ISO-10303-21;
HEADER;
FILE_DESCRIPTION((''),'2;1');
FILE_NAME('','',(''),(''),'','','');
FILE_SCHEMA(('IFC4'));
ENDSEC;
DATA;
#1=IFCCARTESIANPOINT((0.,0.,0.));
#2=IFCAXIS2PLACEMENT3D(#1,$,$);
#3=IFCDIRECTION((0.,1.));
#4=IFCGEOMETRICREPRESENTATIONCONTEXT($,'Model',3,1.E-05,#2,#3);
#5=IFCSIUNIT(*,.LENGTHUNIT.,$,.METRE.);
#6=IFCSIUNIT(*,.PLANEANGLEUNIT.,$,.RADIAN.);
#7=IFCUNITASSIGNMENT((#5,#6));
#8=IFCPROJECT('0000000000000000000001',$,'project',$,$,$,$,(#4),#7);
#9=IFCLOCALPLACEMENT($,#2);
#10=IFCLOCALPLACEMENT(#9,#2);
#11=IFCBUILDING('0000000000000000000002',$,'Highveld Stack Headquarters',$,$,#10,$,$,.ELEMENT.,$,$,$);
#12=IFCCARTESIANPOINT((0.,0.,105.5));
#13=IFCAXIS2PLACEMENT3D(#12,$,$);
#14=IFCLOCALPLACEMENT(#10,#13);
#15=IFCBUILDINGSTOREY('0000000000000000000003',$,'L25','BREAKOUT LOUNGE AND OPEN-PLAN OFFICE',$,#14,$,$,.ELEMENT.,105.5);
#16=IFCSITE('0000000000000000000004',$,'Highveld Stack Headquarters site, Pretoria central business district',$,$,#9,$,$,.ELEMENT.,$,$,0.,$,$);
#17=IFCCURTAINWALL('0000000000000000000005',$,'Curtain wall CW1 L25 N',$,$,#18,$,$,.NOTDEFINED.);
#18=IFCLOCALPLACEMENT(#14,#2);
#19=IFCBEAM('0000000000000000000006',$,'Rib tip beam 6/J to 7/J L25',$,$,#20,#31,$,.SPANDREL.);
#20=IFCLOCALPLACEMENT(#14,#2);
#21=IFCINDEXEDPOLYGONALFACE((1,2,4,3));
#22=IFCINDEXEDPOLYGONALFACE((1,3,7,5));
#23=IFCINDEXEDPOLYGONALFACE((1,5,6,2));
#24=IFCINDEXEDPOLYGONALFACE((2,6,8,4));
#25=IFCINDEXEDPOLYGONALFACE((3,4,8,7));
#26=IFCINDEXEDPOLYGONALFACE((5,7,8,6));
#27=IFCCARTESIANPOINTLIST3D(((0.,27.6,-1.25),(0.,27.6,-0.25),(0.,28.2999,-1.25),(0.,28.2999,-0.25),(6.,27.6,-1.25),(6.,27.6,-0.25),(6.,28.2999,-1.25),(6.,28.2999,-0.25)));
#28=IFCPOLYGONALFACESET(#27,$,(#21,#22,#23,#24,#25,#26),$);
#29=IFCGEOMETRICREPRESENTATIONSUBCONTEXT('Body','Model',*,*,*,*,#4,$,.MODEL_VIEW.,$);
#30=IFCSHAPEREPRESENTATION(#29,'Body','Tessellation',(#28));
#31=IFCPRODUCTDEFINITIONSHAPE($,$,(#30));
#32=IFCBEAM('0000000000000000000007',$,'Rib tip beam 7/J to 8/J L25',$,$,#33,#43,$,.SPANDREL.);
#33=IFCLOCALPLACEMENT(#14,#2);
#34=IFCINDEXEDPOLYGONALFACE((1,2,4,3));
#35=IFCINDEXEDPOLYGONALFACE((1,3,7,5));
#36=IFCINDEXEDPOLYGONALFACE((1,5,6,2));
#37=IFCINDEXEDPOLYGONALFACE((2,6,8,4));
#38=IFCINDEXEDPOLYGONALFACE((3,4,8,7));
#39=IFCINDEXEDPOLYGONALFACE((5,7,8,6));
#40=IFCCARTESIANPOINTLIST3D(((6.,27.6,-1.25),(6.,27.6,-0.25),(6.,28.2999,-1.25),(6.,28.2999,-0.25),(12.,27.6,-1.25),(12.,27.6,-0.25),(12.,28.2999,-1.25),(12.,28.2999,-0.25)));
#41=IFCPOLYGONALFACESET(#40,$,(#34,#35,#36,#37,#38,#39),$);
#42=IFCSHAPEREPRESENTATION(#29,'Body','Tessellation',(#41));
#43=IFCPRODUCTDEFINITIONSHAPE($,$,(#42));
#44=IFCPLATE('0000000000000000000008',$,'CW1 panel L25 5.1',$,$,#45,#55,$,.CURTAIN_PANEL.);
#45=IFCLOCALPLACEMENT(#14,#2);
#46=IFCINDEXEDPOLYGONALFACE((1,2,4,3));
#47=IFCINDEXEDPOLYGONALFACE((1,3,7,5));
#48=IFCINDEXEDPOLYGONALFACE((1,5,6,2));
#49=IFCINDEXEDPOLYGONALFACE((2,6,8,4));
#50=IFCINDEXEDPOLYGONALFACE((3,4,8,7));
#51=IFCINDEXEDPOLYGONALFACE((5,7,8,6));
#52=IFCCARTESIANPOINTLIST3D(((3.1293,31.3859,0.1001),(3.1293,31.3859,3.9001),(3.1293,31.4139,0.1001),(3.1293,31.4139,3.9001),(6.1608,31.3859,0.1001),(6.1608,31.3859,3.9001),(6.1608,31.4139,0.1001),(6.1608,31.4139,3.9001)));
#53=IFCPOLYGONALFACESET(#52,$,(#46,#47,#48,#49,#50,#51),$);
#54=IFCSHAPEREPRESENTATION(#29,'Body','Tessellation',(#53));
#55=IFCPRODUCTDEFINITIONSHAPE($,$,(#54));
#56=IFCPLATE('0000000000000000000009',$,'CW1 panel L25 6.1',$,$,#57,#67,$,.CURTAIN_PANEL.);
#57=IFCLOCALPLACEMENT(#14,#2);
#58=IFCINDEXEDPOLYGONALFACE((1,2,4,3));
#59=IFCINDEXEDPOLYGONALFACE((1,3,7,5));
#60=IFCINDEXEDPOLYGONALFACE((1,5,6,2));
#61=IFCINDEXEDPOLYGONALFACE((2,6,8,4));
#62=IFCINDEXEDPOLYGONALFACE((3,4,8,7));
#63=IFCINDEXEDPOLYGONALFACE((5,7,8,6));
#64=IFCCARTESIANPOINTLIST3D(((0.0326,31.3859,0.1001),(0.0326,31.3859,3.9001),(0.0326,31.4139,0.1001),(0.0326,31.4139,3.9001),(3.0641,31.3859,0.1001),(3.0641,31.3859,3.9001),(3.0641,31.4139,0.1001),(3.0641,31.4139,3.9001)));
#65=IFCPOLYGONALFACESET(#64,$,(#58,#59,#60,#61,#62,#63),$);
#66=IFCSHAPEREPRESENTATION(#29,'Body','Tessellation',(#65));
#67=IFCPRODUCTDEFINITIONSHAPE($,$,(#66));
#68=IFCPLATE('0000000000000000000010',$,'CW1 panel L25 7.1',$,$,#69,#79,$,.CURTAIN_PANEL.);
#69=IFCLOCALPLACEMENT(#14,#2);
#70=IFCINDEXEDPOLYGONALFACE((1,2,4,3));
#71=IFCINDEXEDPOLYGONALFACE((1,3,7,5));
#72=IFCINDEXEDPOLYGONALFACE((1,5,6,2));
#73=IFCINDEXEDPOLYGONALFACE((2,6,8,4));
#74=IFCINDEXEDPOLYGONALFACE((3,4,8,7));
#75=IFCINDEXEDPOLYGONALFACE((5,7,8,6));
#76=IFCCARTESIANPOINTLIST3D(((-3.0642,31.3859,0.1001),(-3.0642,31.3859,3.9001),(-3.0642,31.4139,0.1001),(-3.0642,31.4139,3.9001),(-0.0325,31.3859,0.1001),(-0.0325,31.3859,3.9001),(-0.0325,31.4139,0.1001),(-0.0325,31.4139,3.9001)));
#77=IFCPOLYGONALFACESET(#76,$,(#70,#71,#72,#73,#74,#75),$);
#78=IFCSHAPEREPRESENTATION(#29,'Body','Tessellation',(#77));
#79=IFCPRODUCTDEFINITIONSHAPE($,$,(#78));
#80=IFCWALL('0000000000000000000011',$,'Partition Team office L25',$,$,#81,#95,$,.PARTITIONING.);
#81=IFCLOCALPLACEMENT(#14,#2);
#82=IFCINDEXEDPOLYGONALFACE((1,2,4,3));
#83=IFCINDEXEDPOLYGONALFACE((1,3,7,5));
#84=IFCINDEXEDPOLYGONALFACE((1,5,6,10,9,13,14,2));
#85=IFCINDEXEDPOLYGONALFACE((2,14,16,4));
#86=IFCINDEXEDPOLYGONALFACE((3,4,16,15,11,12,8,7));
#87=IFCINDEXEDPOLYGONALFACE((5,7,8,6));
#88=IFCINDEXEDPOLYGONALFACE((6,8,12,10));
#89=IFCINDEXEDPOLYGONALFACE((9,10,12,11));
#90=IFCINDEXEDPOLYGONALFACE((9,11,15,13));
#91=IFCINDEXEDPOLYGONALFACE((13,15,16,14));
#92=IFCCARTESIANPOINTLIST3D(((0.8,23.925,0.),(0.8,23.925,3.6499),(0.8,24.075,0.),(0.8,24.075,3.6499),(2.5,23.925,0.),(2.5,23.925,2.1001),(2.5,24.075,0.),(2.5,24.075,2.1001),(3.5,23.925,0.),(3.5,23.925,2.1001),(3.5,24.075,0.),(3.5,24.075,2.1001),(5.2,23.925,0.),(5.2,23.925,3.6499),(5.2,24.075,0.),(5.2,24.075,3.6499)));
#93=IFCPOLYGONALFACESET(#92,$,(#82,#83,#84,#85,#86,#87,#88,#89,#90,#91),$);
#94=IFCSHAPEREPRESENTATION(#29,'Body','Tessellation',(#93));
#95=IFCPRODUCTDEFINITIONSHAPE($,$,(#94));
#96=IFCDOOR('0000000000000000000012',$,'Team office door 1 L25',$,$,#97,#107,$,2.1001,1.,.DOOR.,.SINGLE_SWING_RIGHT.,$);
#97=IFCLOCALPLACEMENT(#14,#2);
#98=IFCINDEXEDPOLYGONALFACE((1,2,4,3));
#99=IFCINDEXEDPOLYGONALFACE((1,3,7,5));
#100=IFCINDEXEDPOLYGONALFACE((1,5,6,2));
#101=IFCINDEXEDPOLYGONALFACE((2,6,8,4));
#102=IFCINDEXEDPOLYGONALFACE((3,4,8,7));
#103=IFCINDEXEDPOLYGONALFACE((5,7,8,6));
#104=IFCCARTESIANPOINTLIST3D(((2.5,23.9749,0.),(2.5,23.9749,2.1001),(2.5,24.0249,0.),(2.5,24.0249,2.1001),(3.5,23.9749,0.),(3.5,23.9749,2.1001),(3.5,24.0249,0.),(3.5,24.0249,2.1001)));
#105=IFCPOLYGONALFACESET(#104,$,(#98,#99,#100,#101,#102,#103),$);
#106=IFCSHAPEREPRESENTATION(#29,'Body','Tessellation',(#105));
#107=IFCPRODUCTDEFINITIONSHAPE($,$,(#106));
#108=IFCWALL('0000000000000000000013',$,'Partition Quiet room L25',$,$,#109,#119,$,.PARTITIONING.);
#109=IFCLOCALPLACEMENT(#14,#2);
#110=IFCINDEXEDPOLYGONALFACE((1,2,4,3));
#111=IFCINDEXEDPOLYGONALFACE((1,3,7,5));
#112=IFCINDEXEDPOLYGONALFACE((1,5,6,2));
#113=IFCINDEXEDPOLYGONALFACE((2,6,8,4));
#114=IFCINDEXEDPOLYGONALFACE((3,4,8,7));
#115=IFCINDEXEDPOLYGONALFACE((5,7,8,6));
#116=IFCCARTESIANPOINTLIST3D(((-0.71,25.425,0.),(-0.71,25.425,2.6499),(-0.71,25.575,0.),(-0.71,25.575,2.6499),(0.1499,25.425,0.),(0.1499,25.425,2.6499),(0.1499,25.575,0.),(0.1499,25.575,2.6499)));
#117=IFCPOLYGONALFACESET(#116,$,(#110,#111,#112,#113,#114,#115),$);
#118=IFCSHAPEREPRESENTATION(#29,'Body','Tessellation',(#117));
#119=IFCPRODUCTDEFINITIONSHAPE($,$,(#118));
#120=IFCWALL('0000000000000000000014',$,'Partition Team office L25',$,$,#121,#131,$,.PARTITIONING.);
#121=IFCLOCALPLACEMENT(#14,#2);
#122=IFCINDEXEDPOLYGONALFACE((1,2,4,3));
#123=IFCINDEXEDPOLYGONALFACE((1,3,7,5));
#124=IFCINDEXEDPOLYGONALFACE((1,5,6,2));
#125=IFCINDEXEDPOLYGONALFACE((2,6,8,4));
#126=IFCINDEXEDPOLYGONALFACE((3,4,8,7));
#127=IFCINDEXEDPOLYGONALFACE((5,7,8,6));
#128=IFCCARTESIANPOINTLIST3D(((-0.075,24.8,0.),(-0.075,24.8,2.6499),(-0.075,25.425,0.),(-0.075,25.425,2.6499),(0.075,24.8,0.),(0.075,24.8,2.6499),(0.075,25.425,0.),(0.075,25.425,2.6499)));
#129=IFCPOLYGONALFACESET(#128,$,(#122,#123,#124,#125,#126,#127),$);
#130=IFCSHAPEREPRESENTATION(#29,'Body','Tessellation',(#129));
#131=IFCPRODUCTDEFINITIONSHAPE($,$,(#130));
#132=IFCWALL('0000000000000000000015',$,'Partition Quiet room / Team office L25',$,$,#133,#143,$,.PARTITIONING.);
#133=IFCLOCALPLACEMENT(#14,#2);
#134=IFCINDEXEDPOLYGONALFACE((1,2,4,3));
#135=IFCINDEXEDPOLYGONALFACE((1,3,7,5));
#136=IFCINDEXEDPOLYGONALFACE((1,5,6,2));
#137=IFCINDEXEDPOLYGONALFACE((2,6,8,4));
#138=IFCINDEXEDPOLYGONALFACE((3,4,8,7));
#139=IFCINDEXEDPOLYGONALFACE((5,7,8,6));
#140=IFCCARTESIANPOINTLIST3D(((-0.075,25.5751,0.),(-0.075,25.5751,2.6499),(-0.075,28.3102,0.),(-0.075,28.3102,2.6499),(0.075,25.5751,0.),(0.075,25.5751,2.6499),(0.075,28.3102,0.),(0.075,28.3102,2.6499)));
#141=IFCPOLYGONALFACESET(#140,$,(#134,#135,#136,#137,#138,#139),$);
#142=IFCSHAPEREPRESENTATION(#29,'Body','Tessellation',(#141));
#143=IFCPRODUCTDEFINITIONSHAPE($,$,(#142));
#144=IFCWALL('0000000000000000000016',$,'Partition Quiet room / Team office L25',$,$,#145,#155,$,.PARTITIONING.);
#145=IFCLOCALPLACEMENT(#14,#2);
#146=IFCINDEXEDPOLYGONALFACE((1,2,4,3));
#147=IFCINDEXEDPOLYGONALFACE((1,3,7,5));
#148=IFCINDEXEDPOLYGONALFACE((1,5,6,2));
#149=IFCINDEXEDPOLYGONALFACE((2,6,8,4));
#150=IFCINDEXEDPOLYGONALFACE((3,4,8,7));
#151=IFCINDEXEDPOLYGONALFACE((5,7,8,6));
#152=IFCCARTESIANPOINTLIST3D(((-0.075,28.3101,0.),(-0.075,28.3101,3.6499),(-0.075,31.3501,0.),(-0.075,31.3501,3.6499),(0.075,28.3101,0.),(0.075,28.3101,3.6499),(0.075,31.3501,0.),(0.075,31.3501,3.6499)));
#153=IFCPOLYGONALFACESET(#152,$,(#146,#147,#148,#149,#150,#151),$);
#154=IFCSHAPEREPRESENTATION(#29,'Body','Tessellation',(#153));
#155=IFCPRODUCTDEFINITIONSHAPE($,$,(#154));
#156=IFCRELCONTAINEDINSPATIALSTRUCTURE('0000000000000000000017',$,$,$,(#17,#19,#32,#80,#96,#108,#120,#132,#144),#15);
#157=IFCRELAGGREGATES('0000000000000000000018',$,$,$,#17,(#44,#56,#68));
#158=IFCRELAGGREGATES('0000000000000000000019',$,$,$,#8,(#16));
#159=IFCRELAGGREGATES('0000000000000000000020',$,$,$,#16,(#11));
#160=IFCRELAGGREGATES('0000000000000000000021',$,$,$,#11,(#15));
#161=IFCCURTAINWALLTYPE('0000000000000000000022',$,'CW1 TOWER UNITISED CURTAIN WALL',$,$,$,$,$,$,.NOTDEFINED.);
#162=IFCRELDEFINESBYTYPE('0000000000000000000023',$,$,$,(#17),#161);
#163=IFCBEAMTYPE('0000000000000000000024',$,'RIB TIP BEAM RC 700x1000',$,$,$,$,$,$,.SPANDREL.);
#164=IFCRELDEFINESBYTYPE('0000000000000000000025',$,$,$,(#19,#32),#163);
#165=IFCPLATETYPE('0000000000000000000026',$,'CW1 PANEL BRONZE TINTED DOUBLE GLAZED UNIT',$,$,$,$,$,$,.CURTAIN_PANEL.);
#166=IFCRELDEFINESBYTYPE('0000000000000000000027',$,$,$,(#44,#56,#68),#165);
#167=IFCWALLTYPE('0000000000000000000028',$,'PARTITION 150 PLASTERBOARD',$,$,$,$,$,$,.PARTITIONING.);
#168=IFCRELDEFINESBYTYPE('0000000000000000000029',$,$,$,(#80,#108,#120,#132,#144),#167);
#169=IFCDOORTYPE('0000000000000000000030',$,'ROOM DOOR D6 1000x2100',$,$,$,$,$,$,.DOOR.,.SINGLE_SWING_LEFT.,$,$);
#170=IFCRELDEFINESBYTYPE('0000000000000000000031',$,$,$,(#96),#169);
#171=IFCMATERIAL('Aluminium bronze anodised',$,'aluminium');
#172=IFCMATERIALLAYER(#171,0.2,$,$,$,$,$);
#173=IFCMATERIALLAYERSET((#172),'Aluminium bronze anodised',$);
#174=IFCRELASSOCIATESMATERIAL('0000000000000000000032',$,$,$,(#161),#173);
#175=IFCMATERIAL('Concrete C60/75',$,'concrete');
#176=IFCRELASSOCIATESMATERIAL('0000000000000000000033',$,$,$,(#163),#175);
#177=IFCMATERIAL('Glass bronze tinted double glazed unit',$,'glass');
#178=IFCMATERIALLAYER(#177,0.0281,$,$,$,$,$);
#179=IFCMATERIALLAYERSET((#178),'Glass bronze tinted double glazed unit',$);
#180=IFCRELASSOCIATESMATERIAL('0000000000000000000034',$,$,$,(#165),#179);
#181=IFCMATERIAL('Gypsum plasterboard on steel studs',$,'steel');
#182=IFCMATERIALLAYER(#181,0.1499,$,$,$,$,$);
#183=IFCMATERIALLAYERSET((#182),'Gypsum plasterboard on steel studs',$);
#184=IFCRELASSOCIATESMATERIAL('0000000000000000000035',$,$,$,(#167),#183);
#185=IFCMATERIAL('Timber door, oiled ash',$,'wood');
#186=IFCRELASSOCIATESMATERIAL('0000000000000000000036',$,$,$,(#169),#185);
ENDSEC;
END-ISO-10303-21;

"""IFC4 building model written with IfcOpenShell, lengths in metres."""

from ifc_helpers import new_model, si_unit, direction, frame, frame_2d, origin, origin_2d, place, context, subcontext, project, spatial, rectangle, extrude, material, layer, layer_set, material_profile, profile_set, type_object, element, fill, aggregate, save


model = new_model("IFC4")

# Units and contexts
model_context = context("Model", 3, precision=1e-05, world=origin(), true_north=direction((0.0, 1.0)))
body_context = subcontext(model_context, "Body", "Model", "MODEL_VIEW")
ifc_project = project(units=[si_unit("LENGTHUNIT", "METRE"), si_unit("PLANEANGLEUNIT", "RADIAN")], contexts=[model_context])

# Site, building, storey
site_placement = place(None, origin())
site = spatial("IfcSite", under=ifc_project, at=site_placement, Name="Highveld Stack Headquarters site, Pretoria central business district", CompositionType="ELEMENT", RefElevation=0.0)
building_placement = place(site_placement, origin())
building = spatial("IfcBuilding", under=site, at=building_placement, Name="Highveld Stack Headquarters", CompositionType="ELEMENT")
storey_placement = place(building_placement, frame((0.0, 0.0, 105.5)))
storey = spatial("IfcBuildingStorey", under=building, at=storey_placement, Name="L25", Description="BREAKOUT LOUNGE AND OPEN-PLAN OFFICE", CompositionType="ELEMENT", Elevation=105.5)

# Curtain wall
ifc_material_1 = material(Name="Aluminium bronze anodised", Category="aluminium")
ifc_layer_1 = layer(ifc_material_1, 0.2)
ifc_layer_set_1 = layer_set([ifc_layer_1], Name="Aluminium bronze anodised")
curtain_wall_type = type_object("IfcCurtainWallType", Name="CW1 TOWER UNITISED CURTAIN WALL", PredefinedType="NOTDEFINED", material=ifc_layer_set_1)
curtain_wall_placement = place(storey_placement, origin())
curtain_wall = element("IfcCurtainWall", 1, at=curtain_wall_placement, inside=storey, type_object=curtain_wall_type, Name="Curtain wall CW1 L25 N", PredefinedType="NOTDEFINED")

# Beams
ifc_material_2 = material(Name="Concrete C60/75", Category="concrete")
ifc_material_profile_1 = material_profile(ifc_material_2, rectangle(XDim=0.7, YDim=1.0, at=origin_2d()), Name="RC 700x1000")
ifc_profile_set_1 = profile_set([ifc_material_profile_1], Name="Concrete C60/75")
beam_type_1 = type_object("IfcBeamType", Name="RIB TIP BEAM RC 700x1000", PredefinedType="SPANDREL", material=ifc_profile_set_1)
for number, where, z_axis, x_axis, name in (
    (2, (0.0, 27.95, -0.75), (1.0, 0.0, 0.0), (0.0, 1.0, 0.0), "Rib tip beam 6/J to 7/J L25"),
    (3, (6.0, 27.95, -0.75), (1.0, 0.0, 0.0), (0.0, 1.0, 0.0), "Rib tip beam 7/J to 8/J L25"),
):
    element("IfcBeam", number, at=place(storey_placement, frame(where, z_axis=z_axis, x_axis=x_axis)), inside=storey, type_object=beam_type_1, Name=name, PredefinedType="SPANDREL", context=body_context, shape_type="SweptSolid", body=[
        extrude(rectangle(XDim=0.7, YDim=1.0, at=origin_2d()), origin(), (0.0, 0.0, 1.0), 6.0),
    ])

# Plates
ifc_material_3 = material(Name="Glass bronze tinted double glazed unit", Category="glass")
ifc_layer_2 = layer(ifc_material_3, 0.0281)
ifc_layer_set_2 = layer_set([ifc_layer_2], Name="Glass bronze tinted double glazed unit")
plate_type = type_object("IfcPlateType", Name="CW1 PANEL BRONZE TINTED DOUBLE GLAZED UNIT", PredefinedType="CURTAIN_PANEL", material=ifc_layer_set_2)
plate_1_placement = place(storey_placement, frame((4.645, 31.3999, 0.1001), z_axis=(0.0, 0.0, 1.0), x_axis=(-1.0, 0.0, 0.0)))
plate_1 = element("IfcPlate", 4, at=plate_1_placement, type_object=plate_type, Name="CW1 panel L25 5.1", PredefinedType="CURTAIN_PANEL", context=body_context, shape_type="SweptSolid", body=[
    extrude(rectangle(XDim=3.0315, YDim=0.0281, at=origin_2d()), origin(), (0.0, 0.0, 1.0), 3.8),
])
plate_2_placement = place(storey_placement, frame((1.5483, 31.3999, 0.1001), z_axis=(0.0, 0.0, 1.0), x_axis=(-1.0, 0.0, 0.0)))
plate_2 = element("IfcPlate", 5, at=plate_2_placement, type_object=plate_type, Name="CW1 panel L25 6.1", PredefinedType="CURTAIN_PANEL", context=body_context, shape_type="SweptSolid", body=[
    extrude(rectangle(XDim=3.0315, YDim=0.0281, at=origin_2d()), origin(), (0.0, 0.0, 1.0), 3.8),
])
plate_3_placement = place(storey_placement, frame((-1.5483, 31.3999, 0.1001), z_axis=(0.0, 0.0, 1.0), x_axis=(-1.0, 0.0, 0.0)))
plate_3 = element("IfcPlate", 6, at=plate_3_placement, type_object=plate_type, Name="CW1 panel L25 7.1", PredefinedType="CURTAIN_PANEL", context=body_context, shape_type="SweptSolid", body=[
    extrude(rectangle(XDim=3.0317, YDim=0.0281, at=origin_2d()), origin(), (0.0, 0.0, 1.0), 3.8),
])
aggregate(curtain_wall, [plate_1, plate_2, plate_3])

# Wall, opening, door
ifc_material_4 = material(Name="Gypsum plasterboard on steel studs", Category="steel")
ifc_layer_3 = layer(ifc_material_4, 0.1499)
ifc_layer_set_3 = layer_set([ifc_layer_3], Name="Gypsum plasterboard on steel studs")
wall_type = type_object("IfcWallType", Name="PARTITION 150 PLASTERBOARD", PredefinedType="PARTITIONING", material=ifc_layer_set_3)
wall_1_placement = place(storey_placement, frame((0.8, 24.0, 0.0), z_axis=(0.0, 0.0, 1.0), x_axis=(1.0, 0.0, 0.0)))
wall_1 = element("IfcWall", 7, at=wall_1_placement, inside=storey, type_object=wall_type, Name="Partition Team office L25", PredefinedType="PARTITIONING", context=body_context, shape_type="SweptSolid", body=[
    extrude(rectangle(XDim=4.3999, YDim=0.1499, at=frame_2d((2.2, 0.0))), origin(), (0.0, 0.0, 1.0), 3.6499),
])
opening_placement = place(wall_1_placement, frame((1.7, 0.0, 0.0)))
opening = element("IfcOpeningElement", 8, at=opening_placement, cuts=wall_1, PredefinedType="OPENING", context=body_context, shape_type="SweptSolid", body=[
    extrude(rectangle(XDim=1.0, YDim=2.1001, at=frame_2d((0.5, 1.05))), frame((0.0, 0.085, 0.0), z_axis=(0.0, -1.0, 0.0), x_axis=(1.0, 0.0, 0.0)), (0.0, 0.0, 1.0), 0.1699),
])
ifc_material_5 = material(Name="Timber door, oiled ash", Category="wood")
door_type = type_object("IfcDoorType", Name="ROOM DOOR D6 1000x2100", OperationType="SINGLE_SWING_LEFT", PredefinedType="DOOR", material=ifc_material_5)
door_placement = place(opening_placement, origin())
door = element("IfcDoor", 9, at=door_placement, inside=storey, type_object=door_type, Name="Team office door 1 L25", OperationType="SINGLE_SWING_RIGHT", OverallHeight=2.1001, OverallWidth=1.0, PredefinedType="DOOR", context=body_context, shape_type="SweptSolid", body=[
    extrude(rectangle(XDim=1.0, YDim=2.1001, at=frame_2d((0.5, 1.05))), frame((0.0, 0.0249, 0.0), z_axis=(0.0, -1.0, 0.0), x_axis=(1.0, 0.0, 0.0)), (0.0, 0.0, 1.0), 0.05),
])
fill(opening, door)

# Walls
wall_2_placement = place(storey_placement, frame((-0.71, 25.5, 0.0), z_axis=(0.0, 0.0, 1.0), x_axis=(1.0, 0.0, 0.0)))
element("IfcWall", 10, at=wall_2_placement, inside=storey, type_object=wall_type, Name="Partition Quiet room L25", PredefinedType="PARTITIONING", context=body_context, shape_type="SweptSolid", body=[
    extrude(rectangle(XDim=0.8599, YDim=0.1499, at=frame_2d((0.4299, 0.0))), origin(), (0.0, 0.0, 1.0), 2.6499),
])
wall_3_placement = place(storey_placement, frame((0.0, 24.8, 0.0), z_axis=(0.0, 0.0, 1.0), x_axis=(0.0, 1.0, 0.0)))
element("IfcWall", 11, at=wall_3_placement, inside=storey, type_object=wall_type, Name="Partition Team office L25", PredefinedType="PARTITIONING", context=body_context, shape_type="SweptSolid", body=[
    extrude(rectangle(XDim=0.625, YDim=0.1499, at=frame_2d((0.3125, 0.0))), origin(), (0.0, 0.0, 1.0), 2.6499),
])
wall_4_placement = place(storey_placement, frame((0.0, 25.575, 0.0), z_axis=(0.0, 0.0, 1.0), x_axis=(0.0, 1.0, 0.0)))
element("IfcWall", 12, at=wall_4_placement, inside=storey, type_object=wall_type, Name="Partition Quiet room / Team office L25", PredefinedType="PARTITIONING", context=body_context, shape_type="SweptSolid", body=[
    extrude(rectangle(XDim=2.7351, YDim=0.1499, at=frame_2d((1.3677, 0.0))), origin(), (0.0, 0.0, 1.0), 2.6499),
])
wall_5_placement = place(storey_placement, frame((0.0, 28.3101, 0.0), z_axis=(0.0, 0.0, 1.0), x_axis=(0.0, 1.0, 0.0)))
element("IfcWall", 13, at=wall_5_placement, inside=storey, type_object=wall_type, Name="Partition Quiet room / Team office L25", PredefinedType="PARTITIONING", context=body_context, shape_type="SweptSolid", body=[
    extrude(rectangle(XDim=3.04, YDim=0.1499, at=frame_2d((1.52, 0.0))), origin(), (0.0, 0.0, 1.0), 3.6499),
])

save(model, "model.ifc")
